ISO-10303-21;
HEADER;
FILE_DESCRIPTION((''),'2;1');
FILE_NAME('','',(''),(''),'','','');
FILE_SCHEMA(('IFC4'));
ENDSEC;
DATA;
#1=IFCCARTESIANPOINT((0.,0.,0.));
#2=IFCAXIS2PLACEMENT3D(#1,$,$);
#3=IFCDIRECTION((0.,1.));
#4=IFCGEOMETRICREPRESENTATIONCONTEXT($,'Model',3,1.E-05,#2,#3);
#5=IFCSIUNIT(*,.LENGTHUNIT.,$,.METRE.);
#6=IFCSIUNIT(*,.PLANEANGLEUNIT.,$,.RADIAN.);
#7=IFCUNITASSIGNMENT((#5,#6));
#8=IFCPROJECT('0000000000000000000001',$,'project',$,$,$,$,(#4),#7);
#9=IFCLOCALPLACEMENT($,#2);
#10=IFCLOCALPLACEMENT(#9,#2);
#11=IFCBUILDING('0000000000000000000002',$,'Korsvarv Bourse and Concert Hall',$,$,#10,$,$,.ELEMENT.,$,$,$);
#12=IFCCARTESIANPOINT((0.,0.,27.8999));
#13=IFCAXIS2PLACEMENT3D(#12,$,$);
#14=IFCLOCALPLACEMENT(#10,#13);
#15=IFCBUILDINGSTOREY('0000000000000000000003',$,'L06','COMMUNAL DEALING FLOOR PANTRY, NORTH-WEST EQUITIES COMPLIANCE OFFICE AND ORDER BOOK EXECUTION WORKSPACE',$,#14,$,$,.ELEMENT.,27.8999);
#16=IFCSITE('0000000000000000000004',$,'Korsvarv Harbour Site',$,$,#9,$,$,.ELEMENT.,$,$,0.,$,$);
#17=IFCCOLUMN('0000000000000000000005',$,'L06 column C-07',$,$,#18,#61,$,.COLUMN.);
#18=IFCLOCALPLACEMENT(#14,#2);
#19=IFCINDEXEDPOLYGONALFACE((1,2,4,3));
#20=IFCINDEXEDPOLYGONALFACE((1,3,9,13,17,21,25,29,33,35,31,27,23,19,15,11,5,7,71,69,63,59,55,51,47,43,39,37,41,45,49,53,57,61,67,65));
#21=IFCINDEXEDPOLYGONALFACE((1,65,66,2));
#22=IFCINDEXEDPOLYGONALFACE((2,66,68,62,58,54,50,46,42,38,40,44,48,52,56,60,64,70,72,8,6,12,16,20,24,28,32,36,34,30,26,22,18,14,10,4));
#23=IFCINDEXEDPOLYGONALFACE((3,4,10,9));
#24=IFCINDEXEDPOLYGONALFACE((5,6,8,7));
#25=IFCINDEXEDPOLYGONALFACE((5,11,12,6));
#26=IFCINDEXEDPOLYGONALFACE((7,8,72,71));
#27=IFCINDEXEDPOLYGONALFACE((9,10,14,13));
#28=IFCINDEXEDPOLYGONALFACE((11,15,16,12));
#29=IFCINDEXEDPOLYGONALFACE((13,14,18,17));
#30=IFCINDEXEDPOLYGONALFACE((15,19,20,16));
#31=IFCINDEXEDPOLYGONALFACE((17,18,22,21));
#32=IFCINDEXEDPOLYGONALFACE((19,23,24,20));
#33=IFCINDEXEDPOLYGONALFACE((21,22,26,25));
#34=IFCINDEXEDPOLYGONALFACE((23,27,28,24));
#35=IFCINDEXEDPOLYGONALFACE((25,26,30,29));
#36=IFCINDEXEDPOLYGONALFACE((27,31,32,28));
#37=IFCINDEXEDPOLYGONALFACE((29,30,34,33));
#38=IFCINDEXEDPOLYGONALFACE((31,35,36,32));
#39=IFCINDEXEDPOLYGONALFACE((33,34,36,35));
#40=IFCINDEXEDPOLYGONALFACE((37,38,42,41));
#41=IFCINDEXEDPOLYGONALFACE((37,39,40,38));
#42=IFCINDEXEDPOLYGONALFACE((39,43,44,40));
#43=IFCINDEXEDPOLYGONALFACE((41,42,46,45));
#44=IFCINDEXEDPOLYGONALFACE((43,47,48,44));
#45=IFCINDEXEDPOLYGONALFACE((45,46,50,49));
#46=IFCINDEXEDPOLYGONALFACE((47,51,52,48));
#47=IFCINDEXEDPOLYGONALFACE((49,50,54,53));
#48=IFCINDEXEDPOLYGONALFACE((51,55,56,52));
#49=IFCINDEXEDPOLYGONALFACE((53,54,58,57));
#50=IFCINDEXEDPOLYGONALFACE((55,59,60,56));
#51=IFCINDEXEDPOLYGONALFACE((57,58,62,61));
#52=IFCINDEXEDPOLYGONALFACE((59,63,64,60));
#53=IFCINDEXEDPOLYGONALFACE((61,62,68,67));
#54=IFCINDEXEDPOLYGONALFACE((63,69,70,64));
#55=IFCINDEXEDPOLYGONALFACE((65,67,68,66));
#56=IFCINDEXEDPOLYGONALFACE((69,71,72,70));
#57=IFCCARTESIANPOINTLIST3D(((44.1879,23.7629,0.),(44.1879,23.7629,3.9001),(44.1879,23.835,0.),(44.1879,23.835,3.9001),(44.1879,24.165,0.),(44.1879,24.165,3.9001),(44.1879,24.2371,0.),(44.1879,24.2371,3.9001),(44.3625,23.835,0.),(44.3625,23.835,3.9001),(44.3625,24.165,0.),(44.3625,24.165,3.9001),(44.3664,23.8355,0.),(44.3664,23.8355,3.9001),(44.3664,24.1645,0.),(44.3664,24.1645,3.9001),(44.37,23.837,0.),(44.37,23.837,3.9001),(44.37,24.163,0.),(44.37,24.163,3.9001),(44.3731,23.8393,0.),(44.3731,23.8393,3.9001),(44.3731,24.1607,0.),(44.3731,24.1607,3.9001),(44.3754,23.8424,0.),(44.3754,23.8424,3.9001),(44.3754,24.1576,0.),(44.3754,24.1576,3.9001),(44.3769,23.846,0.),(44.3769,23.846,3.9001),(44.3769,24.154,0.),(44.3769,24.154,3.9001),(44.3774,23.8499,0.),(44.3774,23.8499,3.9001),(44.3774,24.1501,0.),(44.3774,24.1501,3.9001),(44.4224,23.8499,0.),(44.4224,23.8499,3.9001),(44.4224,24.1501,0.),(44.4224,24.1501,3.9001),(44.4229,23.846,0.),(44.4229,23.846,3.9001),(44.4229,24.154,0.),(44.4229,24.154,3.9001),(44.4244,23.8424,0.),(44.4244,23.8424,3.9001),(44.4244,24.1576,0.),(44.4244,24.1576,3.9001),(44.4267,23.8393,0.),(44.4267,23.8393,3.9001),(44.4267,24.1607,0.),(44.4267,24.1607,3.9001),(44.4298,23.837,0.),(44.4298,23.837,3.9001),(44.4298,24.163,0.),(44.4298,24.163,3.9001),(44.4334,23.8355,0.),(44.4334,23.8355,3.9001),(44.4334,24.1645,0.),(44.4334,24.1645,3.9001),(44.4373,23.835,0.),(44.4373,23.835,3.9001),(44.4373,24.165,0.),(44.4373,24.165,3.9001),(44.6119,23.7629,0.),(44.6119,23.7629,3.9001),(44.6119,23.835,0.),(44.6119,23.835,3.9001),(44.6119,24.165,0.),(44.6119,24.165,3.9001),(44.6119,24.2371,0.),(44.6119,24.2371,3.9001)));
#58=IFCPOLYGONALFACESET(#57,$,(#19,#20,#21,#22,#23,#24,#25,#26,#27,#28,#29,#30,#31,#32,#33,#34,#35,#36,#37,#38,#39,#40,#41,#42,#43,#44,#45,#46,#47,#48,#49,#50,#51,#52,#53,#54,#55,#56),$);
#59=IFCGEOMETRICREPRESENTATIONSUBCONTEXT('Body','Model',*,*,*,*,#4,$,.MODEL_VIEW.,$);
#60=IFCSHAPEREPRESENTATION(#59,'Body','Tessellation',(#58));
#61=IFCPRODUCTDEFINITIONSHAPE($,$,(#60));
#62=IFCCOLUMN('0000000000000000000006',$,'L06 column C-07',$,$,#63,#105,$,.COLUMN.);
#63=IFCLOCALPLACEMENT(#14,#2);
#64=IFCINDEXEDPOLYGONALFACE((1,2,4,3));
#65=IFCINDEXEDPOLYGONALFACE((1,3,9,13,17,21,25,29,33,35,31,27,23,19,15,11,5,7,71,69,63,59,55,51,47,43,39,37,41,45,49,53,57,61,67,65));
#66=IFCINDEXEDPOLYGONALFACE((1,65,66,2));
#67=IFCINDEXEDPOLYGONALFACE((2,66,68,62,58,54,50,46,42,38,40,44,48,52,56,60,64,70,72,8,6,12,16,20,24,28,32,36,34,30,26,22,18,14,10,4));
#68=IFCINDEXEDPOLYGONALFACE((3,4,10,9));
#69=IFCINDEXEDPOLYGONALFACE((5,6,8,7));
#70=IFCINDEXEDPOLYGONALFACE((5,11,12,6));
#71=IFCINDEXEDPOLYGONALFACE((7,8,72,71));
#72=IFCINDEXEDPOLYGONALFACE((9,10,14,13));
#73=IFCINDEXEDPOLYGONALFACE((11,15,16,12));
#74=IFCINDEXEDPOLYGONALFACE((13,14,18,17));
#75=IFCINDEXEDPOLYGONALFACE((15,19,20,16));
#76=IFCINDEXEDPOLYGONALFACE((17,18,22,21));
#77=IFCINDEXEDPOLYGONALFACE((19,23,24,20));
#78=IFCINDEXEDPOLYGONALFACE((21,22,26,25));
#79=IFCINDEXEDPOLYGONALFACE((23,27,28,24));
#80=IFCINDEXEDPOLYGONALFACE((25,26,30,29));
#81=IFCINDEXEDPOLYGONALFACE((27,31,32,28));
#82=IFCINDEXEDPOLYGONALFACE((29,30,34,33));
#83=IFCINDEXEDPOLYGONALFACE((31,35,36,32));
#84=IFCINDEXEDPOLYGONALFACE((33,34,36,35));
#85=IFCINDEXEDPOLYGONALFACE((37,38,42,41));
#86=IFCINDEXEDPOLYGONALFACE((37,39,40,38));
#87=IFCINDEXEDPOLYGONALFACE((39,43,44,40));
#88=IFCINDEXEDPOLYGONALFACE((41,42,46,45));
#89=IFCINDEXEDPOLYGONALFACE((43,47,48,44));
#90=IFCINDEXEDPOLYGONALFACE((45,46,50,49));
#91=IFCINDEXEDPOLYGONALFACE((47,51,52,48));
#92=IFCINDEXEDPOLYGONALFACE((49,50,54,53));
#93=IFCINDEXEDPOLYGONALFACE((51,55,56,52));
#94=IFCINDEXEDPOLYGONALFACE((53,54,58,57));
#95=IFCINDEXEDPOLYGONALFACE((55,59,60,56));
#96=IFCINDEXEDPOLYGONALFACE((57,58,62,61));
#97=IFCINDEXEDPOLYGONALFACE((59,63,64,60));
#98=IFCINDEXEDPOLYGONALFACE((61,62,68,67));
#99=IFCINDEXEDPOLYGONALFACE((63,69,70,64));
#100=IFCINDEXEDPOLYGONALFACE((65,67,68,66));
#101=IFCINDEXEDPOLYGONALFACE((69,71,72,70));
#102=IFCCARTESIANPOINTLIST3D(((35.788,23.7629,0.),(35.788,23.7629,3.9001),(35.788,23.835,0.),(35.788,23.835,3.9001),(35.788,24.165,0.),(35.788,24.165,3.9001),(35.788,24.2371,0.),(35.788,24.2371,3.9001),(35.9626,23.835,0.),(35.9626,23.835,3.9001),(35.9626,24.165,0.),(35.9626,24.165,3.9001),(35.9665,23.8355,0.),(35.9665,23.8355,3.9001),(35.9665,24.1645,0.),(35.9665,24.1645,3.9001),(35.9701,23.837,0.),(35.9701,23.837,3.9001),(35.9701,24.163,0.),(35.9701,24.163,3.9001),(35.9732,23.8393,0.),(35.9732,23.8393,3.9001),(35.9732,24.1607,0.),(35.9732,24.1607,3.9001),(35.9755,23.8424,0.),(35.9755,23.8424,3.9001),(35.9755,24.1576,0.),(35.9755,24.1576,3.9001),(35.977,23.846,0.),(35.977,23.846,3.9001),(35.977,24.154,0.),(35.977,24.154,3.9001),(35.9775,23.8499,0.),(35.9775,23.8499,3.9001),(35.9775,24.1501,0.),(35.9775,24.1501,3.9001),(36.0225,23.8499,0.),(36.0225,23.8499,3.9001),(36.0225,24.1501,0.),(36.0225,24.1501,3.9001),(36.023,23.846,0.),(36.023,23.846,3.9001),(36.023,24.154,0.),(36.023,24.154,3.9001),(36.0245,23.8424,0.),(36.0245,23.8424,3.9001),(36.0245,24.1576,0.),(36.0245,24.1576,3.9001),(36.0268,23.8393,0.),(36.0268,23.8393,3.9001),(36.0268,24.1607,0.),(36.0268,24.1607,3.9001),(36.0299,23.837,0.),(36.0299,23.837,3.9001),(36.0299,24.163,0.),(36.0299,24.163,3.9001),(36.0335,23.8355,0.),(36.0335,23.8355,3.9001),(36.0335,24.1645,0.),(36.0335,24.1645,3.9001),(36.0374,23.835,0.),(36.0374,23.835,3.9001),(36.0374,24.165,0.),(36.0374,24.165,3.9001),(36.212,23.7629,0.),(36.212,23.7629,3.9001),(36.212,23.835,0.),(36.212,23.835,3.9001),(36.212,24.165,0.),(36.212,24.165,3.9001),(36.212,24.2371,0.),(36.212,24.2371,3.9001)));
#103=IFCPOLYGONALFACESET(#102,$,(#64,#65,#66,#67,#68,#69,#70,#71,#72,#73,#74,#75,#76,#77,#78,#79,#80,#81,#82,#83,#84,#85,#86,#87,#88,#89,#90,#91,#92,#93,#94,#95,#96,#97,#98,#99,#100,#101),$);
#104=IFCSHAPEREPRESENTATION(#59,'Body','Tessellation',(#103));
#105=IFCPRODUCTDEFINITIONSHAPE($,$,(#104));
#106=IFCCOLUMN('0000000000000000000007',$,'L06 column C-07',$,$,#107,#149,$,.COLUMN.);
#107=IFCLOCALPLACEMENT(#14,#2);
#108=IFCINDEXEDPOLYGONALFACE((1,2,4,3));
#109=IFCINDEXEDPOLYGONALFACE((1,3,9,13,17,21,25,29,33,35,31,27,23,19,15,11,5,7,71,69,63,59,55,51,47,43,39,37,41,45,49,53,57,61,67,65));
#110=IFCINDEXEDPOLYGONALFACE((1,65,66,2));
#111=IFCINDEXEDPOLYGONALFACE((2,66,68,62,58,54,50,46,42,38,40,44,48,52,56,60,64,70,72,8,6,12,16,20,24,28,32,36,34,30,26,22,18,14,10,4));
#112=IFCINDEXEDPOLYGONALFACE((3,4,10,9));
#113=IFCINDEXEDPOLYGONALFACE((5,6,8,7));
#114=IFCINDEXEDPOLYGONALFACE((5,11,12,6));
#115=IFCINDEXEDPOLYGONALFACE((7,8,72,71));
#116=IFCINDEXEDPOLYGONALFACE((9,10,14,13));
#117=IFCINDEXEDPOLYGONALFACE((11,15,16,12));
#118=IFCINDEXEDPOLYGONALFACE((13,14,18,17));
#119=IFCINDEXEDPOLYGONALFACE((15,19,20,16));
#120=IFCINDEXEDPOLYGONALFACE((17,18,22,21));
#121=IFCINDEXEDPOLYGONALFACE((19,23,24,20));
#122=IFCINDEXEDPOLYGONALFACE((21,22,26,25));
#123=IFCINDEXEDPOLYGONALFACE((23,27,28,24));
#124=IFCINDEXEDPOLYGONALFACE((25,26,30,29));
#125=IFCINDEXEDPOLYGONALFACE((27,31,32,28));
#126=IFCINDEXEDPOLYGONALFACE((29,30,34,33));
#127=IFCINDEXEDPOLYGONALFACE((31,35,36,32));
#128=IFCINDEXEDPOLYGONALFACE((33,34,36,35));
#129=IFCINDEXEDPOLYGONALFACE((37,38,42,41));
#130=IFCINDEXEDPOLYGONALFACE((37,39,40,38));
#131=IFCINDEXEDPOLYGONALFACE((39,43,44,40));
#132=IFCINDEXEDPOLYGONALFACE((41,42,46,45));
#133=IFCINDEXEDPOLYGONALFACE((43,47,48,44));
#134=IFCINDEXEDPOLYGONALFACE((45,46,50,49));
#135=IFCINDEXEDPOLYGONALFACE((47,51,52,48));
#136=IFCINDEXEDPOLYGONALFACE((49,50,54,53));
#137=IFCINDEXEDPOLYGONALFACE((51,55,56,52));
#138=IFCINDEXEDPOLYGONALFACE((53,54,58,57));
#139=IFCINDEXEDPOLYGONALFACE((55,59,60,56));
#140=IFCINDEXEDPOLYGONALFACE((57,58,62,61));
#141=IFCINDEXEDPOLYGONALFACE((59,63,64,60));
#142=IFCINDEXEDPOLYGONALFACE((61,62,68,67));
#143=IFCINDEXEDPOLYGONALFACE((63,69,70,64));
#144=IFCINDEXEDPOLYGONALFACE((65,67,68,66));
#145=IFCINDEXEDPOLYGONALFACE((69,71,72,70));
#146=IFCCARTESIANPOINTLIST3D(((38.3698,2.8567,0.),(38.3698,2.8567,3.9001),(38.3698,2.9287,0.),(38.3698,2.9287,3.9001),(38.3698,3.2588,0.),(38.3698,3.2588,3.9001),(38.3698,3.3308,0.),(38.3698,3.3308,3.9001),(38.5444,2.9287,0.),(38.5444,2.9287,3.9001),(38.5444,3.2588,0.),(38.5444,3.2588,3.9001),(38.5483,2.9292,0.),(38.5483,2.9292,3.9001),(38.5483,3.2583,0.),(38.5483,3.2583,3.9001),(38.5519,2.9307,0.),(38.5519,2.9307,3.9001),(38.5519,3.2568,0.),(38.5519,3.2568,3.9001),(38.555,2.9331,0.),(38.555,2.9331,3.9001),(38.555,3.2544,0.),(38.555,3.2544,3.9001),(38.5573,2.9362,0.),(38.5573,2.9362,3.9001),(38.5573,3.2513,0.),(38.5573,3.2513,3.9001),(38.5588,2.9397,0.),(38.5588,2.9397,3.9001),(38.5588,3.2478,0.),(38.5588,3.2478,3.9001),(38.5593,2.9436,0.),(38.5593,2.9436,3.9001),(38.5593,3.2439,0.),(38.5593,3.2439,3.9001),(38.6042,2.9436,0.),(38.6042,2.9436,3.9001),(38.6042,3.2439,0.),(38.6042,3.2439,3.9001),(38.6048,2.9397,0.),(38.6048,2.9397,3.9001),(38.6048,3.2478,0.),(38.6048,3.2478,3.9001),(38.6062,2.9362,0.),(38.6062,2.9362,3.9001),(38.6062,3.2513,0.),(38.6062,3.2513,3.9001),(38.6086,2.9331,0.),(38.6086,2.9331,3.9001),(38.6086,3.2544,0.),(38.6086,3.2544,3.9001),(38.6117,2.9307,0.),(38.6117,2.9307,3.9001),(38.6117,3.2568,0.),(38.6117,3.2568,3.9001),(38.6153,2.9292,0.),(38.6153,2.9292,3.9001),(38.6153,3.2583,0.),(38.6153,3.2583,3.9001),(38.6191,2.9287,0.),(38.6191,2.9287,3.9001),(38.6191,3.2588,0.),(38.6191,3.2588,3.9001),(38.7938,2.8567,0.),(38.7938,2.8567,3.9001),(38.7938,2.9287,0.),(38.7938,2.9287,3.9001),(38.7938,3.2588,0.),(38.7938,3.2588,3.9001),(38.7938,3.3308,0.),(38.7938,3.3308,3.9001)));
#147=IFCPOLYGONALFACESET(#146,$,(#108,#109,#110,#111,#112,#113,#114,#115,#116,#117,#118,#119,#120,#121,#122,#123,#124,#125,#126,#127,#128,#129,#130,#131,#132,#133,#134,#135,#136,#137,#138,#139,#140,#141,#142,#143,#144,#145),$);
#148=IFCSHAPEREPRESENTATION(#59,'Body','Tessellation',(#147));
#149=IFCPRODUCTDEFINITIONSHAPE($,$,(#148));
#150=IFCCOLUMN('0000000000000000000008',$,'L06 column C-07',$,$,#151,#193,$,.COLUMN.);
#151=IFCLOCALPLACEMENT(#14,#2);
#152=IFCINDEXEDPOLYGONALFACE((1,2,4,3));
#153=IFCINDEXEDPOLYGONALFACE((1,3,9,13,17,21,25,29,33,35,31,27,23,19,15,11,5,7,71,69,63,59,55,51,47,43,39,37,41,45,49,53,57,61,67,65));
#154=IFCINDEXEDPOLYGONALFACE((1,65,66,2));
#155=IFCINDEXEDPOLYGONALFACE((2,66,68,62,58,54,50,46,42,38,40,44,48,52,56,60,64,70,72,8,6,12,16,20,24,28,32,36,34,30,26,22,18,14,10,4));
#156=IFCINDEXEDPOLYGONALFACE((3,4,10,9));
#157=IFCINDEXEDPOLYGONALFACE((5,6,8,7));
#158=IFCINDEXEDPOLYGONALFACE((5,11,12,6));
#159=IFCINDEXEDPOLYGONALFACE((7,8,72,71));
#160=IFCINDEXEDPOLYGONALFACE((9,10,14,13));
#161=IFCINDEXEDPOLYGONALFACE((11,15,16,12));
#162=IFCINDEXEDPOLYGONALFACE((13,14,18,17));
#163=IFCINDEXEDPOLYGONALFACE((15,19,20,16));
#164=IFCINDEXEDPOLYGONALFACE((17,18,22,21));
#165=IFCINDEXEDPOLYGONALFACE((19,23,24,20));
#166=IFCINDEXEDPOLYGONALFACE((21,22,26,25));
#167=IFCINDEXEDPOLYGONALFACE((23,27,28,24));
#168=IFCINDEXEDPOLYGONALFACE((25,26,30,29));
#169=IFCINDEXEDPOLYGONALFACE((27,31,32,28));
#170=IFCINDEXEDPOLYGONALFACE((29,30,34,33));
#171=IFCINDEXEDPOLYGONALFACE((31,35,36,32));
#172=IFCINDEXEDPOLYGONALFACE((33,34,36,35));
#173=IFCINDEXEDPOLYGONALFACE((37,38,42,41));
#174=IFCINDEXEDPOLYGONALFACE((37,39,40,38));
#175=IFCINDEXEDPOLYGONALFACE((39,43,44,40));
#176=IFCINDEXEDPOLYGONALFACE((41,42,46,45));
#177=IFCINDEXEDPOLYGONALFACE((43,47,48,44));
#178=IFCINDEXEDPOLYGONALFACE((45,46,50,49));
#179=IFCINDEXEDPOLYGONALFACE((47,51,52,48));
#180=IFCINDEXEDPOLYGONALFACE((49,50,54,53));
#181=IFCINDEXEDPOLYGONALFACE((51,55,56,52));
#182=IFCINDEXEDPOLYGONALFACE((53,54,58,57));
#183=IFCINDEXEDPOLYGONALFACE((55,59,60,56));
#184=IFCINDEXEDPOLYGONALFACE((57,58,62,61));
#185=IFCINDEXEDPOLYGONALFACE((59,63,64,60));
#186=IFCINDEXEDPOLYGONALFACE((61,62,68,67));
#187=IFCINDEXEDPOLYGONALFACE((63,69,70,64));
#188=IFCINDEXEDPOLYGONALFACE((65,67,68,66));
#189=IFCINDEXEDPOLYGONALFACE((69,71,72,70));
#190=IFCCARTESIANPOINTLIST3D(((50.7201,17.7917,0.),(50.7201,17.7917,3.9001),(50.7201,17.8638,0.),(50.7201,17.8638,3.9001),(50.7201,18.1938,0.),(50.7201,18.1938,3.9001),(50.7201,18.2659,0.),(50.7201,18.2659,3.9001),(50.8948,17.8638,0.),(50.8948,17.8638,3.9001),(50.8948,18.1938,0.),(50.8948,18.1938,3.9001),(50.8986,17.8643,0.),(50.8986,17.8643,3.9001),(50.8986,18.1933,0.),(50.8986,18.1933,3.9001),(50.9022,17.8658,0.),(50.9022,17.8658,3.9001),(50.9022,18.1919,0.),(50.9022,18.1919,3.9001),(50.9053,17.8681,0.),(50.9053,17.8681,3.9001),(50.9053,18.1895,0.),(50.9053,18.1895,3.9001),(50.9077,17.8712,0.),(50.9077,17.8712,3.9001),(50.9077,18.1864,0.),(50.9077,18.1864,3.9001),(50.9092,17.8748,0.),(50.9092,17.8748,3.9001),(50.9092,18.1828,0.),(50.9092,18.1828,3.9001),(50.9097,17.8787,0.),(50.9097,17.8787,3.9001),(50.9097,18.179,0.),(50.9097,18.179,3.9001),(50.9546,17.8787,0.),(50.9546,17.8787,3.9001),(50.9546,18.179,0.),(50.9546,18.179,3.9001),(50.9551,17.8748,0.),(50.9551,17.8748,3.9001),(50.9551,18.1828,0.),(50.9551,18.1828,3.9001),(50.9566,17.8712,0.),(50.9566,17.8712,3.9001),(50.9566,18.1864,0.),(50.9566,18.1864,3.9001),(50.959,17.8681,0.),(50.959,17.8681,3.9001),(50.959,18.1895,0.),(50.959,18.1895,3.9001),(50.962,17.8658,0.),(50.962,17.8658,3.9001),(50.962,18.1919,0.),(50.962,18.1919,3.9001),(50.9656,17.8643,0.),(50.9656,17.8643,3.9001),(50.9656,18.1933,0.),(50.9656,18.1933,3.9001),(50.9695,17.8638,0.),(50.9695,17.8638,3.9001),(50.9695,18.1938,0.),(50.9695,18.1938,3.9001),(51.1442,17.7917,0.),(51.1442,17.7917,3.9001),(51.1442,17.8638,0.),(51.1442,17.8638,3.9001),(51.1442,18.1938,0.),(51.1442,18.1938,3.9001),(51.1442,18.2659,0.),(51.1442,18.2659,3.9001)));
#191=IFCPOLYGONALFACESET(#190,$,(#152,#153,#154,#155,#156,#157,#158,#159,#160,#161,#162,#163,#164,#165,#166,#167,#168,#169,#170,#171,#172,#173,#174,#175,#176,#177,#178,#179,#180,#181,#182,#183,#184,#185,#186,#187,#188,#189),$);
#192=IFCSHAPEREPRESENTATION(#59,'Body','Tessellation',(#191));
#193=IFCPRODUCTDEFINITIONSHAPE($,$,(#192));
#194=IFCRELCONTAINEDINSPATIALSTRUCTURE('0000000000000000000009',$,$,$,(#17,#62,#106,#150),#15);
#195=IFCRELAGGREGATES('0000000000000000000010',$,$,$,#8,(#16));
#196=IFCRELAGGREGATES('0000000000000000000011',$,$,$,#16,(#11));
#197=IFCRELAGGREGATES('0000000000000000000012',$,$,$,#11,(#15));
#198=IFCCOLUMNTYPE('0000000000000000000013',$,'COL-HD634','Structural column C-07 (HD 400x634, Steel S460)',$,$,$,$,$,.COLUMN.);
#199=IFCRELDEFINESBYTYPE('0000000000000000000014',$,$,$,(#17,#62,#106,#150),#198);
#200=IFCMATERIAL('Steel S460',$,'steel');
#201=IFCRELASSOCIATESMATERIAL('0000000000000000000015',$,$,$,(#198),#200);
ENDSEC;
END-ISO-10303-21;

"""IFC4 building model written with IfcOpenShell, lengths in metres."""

from ifc_helpers import new_model, si_unit, direction, frame, origin, origin_2d, place, context, subcontext, project, spatial, i_section, extrude, source, transform, mapped, material, material_profile, profile_set, type_object, element, save


model = new_model("IFC4")

# Units and contexts
model_context = context("Model", 3, precision=1e-05, world=origin(), true_north=direction((0.0, 1.0)))
body_context = subcontext(model_context, "Body", "Model", "MODEL_VIEW")
ifc_project = project(units=[si_unit("LENGTHUNIT", "METRE"), si_unit("PLANEANGLEUNIT", "RADIAN")], contexts=[model_context])

# Site, building, storey
site_placement = place(None, origin())
site = spatial("IfcSite", under=ifc_project, at=site_placement, Name="Korsvarv Harbour Site", CompositionType="ELEMENT", RefElevation=0.0)
building_placement = place(site_placement, origin())
building = spatial("IfcBuilding", under=site, at=building_placement, Name="Korsvarv Bourse and Concert Hall", CompositionType="ELEMENT")
storey_placement = place(building_placement, frame((0.0, 0.0, 27.8999)))
storey = spatial("IfcBuildingStorey", under=building, at=storey_placement, Name="L06", Description="COMMUNAL DEALING FLOOR PANTRY, NORTH-WEST EQUITIES COMPLIANCE OFFICE AND ORDER BOOK EXECUTION WORKSPACE", CompositionType="ELEMENT", Elevation=27.8999)

# Columns
ifc_material_1 = material(Name="Steel S460", Category="steel")
ifc_material_profile_1 = material_profile(ifc_material_1, i_section(OverallWidth=0.4241, OverallDepth=0.4741, WebThickness=0.0449, FlangeThickness=0.072, FilletRadius=0.0149, at=origin_2d()), Name="HD 400x634")
ifc_profile_set_1 = profile_set([ifc_material_profile_1], Name="Steel S460")
column_type = type_object("IfcColumnType", Name="COL-HD634", Description="Structural column C-07 (HD 400x634, Steel S460)", PredefinedType="COLUMN", material=ifc_profile_set_1)
shared_shape_1 = source(origin(), body_context, "Body", "SweptSolid", [
    extrude(i_section(OverallWidth=0.4241, OverallDepth=0.4741, WebThickness=0.0449, FlangeThickness=0.072, FilletRadius=0.0149, at=origin_2d()), origin(), (0.0, 0.0, 1.0), 3.9001),
])
for number, where, z_axis, x_axis, name in (
    (1, (44.3999, 24.0, 0.0), (0.0, 0.0, 1.0), (1.0, 0.0, 0.0), "L06 column C-07"),
    (2, (36.0, 24.0, 0.0), (0.0, 0.0, 1.0), (1.0, 0.0, 0.0), "L06 column C-07"),
    (3, (38.5818, 3.0938, 0.0), (0.0, 0.0, 1.0), (1.0, 0.0, 0.0), "L06 column C-07"),
    (4, (50.9321, 18.0288, 0.0), (0.0, 0.0, 1.0), (1.0, 0.0, 0.0), "L06 column C-07"),
):
    element("IfcColumn", number, at=place(storey_placement, frame(where, z_axis=z_axis, x_axis=x_axis)), inside=storey, type_object=column_type, Name=name, PredefinedType="COLUMN", context=body_context, shape_type="MappedRepresentation", body=[
        mapped(shared_shape_1, transform((0.0, 0.0, 0.0), scale=1.0)),
    ])

save(model, "model.ifc")
